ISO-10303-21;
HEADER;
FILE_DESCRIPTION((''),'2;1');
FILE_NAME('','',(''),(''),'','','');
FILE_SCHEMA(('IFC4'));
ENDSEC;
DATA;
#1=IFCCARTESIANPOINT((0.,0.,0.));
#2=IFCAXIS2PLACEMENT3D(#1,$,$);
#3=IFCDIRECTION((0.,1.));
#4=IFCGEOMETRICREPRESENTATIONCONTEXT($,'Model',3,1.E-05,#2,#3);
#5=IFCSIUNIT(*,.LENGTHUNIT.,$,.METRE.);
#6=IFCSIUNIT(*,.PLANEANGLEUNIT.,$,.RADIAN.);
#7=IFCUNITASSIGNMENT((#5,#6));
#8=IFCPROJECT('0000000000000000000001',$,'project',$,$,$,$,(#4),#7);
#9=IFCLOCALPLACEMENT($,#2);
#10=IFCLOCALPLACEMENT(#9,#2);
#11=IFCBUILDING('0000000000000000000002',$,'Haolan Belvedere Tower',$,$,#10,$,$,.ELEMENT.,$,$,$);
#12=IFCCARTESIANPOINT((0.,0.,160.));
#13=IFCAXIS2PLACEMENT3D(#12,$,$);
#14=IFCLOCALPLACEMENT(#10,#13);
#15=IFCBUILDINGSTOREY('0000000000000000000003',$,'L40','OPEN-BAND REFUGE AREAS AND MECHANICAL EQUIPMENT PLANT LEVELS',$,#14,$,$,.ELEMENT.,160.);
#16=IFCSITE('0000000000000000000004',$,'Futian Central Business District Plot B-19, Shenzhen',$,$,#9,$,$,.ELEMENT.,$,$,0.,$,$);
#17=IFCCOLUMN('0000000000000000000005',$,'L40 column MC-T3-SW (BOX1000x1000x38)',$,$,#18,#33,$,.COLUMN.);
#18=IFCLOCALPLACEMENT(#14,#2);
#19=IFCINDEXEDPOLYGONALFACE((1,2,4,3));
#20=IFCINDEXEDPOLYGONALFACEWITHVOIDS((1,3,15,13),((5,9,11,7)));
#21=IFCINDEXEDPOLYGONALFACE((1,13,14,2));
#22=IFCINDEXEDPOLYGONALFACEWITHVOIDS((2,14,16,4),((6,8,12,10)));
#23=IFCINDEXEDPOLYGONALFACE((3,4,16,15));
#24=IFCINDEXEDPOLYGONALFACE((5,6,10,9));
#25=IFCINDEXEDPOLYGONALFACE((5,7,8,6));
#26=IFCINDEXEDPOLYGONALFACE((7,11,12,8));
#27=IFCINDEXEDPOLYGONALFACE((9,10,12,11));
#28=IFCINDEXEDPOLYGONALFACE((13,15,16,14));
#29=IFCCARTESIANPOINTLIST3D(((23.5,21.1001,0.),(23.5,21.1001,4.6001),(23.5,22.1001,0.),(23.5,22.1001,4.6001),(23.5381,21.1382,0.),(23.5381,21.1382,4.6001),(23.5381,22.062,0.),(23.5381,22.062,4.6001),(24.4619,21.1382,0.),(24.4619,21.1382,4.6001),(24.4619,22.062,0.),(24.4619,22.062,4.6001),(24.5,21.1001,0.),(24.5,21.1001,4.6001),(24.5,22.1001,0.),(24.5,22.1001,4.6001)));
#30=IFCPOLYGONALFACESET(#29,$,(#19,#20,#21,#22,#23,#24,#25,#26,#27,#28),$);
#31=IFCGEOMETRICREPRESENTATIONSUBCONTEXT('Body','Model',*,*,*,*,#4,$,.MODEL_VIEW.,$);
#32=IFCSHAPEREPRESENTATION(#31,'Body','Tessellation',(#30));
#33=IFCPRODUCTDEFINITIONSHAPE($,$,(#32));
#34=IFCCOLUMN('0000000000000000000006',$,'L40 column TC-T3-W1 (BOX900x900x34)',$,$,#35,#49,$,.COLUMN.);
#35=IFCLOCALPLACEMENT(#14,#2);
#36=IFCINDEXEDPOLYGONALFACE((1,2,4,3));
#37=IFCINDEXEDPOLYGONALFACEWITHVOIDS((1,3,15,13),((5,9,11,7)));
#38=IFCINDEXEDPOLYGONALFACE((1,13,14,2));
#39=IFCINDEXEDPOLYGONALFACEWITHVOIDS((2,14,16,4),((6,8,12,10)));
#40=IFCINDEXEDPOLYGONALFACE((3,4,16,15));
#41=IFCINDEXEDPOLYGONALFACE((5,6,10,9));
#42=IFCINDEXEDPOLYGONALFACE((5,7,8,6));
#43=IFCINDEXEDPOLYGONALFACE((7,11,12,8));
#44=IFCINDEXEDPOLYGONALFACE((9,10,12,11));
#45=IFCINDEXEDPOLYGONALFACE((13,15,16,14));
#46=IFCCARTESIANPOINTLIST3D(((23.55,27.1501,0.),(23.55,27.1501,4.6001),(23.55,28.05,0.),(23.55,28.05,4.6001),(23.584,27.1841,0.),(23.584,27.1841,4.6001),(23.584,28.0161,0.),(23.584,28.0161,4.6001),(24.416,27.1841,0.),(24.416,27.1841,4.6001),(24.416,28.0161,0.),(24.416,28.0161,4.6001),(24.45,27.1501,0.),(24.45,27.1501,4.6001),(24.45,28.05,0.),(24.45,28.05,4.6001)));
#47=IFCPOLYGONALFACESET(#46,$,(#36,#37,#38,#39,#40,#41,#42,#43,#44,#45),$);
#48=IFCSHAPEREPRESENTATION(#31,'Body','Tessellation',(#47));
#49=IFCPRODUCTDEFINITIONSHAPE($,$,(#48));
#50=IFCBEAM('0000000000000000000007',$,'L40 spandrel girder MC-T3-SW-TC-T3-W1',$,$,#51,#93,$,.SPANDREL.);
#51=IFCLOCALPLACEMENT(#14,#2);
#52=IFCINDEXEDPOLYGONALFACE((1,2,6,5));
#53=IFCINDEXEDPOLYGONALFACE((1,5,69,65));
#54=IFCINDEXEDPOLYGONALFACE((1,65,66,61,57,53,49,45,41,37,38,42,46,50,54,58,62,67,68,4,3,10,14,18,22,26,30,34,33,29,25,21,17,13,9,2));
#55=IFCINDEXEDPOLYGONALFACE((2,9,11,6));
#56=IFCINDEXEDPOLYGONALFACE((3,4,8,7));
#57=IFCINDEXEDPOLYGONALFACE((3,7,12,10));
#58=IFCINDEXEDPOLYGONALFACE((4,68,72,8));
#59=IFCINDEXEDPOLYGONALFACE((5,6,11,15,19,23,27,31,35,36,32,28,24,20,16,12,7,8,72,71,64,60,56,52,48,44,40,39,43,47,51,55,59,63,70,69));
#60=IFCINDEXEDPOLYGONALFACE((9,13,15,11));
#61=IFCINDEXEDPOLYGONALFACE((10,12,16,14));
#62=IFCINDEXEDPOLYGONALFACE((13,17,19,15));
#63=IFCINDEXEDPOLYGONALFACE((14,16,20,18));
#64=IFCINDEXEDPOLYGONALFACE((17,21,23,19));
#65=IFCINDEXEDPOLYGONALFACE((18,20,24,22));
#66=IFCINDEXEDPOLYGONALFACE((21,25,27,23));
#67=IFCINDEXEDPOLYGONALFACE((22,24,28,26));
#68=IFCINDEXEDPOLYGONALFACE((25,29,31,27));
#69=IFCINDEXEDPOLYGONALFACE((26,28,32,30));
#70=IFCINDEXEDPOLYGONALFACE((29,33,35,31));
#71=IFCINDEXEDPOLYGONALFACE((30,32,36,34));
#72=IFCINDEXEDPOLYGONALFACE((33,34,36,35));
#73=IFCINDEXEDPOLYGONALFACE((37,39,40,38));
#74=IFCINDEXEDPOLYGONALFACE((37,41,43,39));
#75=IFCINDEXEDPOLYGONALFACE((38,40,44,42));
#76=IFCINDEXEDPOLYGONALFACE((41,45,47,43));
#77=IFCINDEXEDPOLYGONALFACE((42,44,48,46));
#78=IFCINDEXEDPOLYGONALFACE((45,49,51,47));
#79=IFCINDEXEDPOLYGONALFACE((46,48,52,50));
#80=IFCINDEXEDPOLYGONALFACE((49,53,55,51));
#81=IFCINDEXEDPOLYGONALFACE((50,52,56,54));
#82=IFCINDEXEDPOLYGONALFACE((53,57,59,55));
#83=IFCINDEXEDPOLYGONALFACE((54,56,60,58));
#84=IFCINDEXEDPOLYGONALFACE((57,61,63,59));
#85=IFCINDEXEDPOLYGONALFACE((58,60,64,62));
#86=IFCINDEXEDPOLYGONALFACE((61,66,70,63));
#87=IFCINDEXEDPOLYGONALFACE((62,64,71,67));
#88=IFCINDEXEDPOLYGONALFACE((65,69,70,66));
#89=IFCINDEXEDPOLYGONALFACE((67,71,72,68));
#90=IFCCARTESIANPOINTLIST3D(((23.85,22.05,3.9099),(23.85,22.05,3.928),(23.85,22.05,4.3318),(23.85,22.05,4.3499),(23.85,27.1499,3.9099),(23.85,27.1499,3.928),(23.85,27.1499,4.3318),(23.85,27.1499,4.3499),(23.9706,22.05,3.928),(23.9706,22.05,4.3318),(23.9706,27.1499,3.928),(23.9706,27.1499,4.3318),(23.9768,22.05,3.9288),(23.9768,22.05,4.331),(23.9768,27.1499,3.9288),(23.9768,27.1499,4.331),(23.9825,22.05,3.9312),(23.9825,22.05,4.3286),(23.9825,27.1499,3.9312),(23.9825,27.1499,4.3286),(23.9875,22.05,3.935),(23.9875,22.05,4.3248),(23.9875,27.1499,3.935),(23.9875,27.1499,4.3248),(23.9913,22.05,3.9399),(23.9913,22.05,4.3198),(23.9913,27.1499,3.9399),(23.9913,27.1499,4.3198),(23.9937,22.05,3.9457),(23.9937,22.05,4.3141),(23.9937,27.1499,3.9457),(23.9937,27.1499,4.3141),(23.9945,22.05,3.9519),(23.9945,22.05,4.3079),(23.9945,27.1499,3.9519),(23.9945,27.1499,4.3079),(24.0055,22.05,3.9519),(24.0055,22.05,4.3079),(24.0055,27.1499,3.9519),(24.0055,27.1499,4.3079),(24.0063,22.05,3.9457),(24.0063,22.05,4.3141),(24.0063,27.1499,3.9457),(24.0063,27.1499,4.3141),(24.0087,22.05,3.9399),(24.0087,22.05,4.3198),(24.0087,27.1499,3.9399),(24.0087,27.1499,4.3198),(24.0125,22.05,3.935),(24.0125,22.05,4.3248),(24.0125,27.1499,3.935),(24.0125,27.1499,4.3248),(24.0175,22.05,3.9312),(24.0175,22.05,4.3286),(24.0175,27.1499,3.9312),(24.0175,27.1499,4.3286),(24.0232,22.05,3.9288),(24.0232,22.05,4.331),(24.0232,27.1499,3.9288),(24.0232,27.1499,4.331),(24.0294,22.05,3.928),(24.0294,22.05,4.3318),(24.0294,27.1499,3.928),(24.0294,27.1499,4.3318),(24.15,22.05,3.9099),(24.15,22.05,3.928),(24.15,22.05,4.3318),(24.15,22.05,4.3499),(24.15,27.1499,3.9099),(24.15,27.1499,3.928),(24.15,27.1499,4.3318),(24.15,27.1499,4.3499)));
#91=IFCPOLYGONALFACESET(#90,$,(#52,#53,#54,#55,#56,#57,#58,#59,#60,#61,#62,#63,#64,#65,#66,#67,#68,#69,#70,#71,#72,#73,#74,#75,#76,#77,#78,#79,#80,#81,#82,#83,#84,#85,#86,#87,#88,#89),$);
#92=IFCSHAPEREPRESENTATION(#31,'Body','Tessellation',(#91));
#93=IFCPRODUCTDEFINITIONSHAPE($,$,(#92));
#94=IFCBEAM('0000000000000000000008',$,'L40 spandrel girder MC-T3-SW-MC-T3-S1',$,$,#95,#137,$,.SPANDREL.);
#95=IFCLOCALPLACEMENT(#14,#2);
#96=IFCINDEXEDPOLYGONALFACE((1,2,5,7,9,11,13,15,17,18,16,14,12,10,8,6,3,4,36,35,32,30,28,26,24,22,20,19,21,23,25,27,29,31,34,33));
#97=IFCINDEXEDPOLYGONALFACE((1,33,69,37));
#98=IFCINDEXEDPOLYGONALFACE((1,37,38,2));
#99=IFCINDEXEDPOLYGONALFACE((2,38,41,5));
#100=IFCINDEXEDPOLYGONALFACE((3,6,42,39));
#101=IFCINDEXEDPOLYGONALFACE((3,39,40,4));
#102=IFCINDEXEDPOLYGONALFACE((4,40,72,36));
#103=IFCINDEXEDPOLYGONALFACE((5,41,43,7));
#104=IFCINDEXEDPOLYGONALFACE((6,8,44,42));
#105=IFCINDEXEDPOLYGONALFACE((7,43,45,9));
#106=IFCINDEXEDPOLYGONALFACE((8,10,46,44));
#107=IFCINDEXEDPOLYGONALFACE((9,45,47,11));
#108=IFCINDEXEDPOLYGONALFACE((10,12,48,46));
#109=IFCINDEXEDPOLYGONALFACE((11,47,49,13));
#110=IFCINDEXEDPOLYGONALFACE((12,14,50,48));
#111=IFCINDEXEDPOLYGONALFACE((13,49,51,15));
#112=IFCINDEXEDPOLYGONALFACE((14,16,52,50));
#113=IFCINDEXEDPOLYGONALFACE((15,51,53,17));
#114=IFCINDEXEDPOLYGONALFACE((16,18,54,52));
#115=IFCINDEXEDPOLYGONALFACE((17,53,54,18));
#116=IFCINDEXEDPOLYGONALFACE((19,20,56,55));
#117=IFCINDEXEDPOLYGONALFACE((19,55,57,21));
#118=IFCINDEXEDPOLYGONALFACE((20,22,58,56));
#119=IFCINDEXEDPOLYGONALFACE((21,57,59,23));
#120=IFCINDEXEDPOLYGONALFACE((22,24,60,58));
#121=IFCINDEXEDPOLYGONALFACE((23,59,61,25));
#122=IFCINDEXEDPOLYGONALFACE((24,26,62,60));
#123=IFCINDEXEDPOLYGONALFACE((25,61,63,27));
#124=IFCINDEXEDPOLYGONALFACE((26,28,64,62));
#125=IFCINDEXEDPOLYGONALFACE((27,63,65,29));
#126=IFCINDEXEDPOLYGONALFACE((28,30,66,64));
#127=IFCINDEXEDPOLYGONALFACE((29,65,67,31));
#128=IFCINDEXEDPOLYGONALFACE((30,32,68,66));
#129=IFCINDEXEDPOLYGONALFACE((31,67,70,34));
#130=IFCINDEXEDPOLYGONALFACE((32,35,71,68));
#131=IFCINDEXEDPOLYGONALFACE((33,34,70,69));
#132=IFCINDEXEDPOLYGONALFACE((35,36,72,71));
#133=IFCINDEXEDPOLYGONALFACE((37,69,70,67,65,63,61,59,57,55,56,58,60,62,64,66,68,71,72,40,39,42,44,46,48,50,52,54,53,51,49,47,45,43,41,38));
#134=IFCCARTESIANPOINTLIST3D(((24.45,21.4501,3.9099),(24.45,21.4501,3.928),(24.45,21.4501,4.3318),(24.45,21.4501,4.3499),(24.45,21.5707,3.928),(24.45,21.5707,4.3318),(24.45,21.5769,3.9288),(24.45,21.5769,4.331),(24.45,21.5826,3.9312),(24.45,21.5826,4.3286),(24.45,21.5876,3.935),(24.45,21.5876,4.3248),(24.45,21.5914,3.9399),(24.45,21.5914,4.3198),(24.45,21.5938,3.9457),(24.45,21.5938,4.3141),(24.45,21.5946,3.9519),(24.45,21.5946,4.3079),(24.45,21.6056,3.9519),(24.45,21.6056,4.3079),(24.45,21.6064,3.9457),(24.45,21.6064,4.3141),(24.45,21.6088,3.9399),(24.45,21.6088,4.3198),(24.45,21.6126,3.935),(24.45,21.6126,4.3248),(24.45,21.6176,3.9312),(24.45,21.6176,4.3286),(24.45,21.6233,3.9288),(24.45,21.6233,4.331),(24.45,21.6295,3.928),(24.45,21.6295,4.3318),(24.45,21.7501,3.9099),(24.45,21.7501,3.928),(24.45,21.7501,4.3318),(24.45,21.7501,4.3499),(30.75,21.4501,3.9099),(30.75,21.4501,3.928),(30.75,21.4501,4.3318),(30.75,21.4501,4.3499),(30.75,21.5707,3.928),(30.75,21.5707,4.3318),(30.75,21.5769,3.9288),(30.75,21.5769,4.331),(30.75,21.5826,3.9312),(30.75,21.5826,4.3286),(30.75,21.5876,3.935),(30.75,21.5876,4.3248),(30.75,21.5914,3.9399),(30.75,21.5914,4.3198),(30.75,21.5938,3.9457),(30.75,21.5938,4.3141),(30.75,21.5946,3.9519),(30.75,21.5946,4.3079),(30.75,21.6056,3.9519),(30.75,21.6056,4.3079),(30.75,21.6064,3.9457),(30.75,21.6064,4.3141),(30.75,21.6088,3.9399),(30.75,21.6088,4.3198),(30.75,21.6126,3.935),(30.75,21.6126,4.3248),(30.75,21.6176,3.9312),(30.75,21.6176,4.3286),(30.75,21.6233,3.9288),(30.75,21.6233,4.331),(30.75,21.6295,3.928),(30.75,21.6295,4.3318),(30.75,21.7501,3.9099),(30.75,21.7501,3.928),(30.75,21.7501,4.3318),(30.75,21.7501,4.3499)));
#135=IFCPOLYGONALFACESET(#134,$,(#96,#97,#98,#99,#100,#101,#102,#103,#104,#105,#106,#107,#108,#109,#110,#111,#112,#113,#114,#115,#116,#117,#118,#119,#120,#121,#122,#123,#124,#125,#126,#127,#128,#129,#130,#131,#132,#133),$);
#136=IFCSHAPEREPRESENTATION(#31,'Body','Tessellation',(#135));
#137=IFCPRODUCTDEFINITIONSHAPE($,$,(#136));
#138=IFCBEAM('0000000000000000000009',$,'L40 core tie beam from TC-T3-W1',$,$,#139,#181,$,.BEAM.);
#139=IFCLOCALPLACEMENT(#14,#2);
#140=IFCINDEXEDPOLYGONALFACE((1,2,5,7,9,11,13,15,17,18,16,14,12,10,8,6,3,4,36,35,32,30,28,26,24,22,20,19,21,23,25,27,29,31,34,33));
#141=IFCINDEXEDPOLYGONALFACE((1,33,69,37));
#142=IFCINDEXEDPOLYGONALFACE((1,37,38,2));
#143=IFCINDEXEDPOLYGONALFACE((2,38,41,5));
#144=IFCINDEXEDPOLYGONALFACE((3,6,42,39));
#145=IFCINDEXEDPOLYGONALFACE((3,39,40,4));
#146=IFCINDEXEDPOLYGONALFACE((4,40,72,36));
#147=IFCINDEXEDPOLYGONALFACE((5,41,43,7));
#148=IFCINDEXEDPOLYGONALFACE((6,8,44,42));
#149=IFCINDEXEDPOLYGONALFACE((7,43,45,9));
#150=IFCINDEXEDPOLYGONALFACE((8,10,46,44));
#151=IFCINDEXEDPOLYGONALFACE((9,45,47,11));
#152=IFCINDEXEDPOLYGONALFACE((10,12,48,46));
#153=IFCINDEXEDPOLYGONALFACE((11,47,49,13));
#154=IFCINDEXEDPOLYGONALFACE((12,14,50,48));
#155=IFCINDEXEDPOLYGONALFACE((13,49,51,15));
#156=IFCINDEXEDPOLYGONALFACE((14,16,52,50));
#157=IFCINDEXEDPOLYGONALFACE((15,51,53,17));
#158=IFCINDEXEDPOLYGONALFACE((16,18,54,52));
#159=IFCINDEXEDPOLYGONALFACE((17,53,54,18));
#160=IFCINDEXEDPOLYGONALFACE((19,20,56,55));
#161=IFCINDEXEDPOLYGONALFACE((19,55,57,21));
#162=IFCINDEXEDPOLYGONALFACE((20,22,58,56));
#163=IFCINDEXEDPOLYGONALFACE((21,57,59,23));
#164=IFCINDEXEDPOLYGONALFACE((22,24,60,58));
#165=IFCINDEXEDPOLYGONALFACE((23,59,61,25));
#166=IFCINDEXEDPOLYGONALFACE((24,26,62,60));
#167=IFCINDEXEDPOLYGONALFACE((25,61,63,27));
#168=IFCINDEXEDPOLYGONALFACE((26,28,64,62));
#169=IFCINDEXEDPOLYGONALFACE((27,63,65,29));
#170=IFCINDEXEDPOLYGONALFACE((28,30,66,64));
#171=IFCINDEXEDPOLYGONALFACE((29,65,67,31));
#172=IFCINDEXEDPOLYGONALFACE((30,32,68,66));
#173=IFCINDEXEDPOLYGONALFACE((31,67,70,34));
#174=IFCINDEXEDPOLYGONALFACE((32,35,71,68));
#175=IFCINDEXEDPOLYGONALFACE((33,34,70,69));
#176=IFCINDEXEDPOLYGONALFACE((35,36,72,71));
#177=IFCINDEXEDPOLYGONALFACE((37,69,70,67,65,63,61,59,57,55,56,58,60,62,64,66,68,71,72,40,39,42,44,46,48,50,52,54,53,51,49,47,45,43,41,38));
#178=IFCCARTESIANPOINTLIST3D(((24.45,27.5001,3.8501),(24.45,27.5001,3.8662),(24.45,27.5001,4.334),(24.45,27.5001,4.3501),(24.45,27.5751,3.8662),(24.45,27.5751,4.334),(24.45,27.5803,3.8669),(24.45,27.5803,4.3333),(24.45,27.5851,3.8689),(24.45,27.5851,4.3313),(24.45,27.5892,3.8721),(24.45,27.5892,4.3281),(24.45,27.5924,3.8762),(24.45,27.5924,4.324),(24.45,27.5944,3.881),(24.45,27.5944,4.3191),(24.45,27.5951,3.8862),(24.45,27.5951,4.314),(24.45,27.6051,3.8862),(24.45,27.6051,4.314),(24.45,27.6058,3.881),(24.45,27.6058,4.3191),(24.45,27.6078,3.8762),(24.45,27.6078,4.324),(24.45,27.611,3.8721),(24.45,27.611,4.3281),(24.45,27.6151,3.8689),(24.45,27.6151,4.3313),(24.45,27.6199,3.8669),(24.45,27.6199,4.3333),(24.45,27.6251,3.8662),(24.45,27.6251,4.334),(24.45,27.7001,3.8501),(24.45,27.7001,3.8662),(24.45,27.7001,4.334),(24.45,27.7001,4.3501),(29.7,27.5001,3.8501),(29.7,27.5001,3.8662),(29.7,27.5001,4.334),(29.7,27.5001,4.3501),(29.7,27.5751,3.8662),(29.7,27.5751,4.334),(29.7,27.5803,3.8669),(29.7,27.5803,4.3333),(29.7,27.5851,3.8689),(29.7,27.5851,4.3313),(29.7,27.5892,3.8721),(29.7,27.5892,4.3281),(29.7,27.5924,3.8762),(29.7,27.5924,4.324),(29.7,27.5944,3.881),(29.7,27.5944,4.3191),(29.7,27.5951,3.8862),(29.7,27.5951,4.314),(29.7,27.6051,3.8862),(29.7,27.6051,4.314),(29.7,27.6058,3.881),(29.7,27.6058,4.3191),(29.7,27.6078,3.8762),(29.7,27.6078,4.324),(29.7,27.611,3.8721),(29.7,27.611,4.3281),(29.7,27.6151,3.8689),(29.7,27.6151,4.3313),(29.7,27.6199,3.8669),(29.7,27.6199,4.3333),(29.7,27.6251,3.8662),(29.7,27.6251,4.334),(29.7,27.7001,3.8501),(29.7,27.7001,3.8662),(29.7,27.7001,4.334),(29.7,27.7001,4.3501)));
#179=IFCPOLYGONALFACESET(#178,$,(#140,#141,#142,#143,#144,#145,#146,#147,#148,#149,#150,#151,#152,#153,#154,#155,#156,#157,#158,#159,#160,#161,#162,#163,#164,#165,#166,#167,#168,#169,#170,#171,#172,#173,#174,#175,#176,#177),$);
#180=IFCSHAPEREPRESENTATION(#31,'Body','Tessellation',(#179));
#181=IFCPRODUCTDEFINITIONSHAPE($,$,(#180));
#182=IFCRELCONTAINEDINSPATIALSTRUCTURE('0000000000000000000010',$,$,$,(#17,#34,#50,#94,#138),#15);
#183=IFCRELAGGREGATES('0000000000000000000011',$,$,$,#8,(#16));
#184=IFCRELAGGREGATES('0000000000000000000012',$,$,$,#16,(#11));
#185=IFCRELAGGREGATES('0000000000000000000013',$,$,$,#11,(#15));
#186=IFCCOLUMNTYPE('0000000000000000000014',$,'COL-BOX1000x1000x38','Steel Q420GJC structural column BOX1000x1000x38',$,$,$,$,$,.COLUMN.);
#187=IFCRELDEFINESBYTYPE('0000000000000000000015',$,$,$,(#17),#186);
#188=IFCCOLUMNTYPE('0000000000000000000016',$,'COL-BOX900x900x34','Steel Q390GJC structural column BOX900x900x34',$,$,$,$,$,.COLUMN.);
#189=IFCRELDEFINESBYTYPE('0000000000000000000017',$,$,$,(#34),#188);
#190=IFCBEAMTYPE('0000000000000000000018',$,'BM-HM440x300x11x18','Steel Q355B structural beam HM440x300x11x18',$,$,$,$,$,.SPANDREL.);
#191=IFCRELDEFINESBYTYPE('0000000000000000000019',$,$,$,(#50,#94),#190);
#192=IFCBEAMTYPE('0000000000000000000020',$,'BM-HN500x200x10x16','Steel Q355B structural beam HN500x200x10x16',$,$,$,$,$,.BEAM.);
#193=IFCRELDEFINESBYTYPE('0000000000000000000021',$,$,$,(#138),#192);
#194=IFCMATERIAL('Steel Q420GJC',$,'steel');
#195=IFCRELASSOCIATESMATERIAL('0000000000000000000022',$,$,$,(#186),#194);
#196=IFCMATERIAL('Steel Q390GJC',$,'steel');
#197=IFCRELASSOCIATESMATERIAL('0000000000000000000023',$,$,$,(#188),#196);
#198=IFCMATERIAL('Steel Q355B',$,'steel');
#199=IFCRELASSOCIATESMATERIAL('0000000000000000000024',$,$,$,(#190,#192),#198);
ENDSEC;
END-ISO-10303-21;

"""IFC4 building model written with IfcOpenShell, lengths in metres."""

from ifc_helpers import new_model, si_unit, direction, frame, origin, origin_2d, place, context, subcontext, project, spatial, hollow_rectangle, i_section, extrude, material, material_profile, profile_set, type_object, element, save


model = new_model("IFC4")

# Units and contexts
model_context = context("Model", 3, precision=1e-05, world=origin(), true_north=direction((0.0, 1.0)))
body_context = subcontext(model_context, "Body", "Model", "MODEL_VIEW")
ifc_project = project(units=[si_unit("LENGTHUNIT", "METRE"), si_unit("PLANEANGLEUNIT", "RADIAN")], contexts=[model_context])

# Site, building, storey
site_placement = place(None, origin())
site = spatial("IfcSite", under=ifc_project, at=site_placement, Name="Futian Central Business District Plot B-19, Shenzhen", CompositionType="ELEMENT", RefElevation=0.0)
building_placement = place(site_placement, origin())
building = spatial("IfcBuilding", under=site, at=building_placement, Name="Haolan Belvedere Tower", CompositionType="ELEMENT")
storey_placement = place(building_placement, frame((0.0, 0.0, 160.0)))
storey = spatial("IfcBuildingStorey", under=building, at=storey_placement, Name="L40", Description="OPEN-BAND REFUGE AREAS AND MECHANICAL EQUIPMENT PLANT LEVELS", CompositionType="ELEMENT", Elevation=160.0)

# Columns
ifc_material_1 = material(Name="Steel Q420GJC", Category="steel")
ifc_material_profile_1 = material_profile(ifc_material_1, hollow_rectangle(XDim=1.0, YDim=1.0, WallThickness=0.0381, at=origin_2d()), Name="Steel Q420GJC")
ifc_profile_set_1 = profile_set([ifc_material_profile_1], Name="Steel Q420GJC")
column_type_1 = type_object("IfcColumnType", Name="COL-BOX1000x1000x38", Description="Steel Q420GJC structural column BOX1000x1000x38", PredefinedType="COLUMN", material=ifc_profile_set_1)
column_1_placement = place(storey_placement, frame((24.0, 21.6001, 0.0), z_axis=(0.0, 0.0, 1.0), x_axis=(1.0, 0.0, 0.0)))
element("IfcColumn", 1, at=column_1_placement, inside=storey, type_object=column_type_1, Name="L40 column MC-T3-SW (BOX1000x1000x38)", PredefinedType="COLUMN", context=body_context, shape_type="SweptSolid", body=[
    extrude(hollow_rectangle(XDim=1.0, YDim=1.0, WallThickness=0.0381, at=origin_2d()), origin(), (0.0, 0.0, 1.0), 4.6001),
])
ifc_material_2 = material(Name="Steel Q390GJC", Category="steel")
ifc_material_profile_2 = material_profile(ifc_material_2, hollow_rectangle(XDim=0.8999, YDim=0.8999, WallThickness=0.0339, at=origin_2d()), Name="Steel Q390GJC")
ifc_profile_set_2 = profile_set([ifc_material_profile_2], Name="Steel Q390GJC")
column_type_2 = type_object("IfcColumnType", Name="COL-BOX900x900x34", Description="Steel Q390GJC structural column BOX900x900x34", PredefinedType="COLUMN", material=ifc_profile_set_2)
column_2_placement = place(storey_placement, frame((24.0, 27.6001, 0.0), z_axis=(0.0, 0.0, 1.0), x_axis=(1.0, 0.0, 0.0)))
element("IfcColumn", 2, at=column_2_placement, inside=storey, type_object=column_type_2, Name="L40 column TC-T3-W1 (BOX900x900x34)", PredefinedType="COLUMN", context=body_context, shape_type="SweptSolid", body=[
    extrude(hollow_rectangle(XDim=0.8999, YDim=0.8999, WallThickness=0.0339, at=origin_2d()), origin(), (0.0, 0.0, 1.0), 4.6001),
])

# Beams
ifc_material_3 = material(Name="Steel Q355B", Category="steel")
ifc_material_profile_3 = material_profile(ifc_material_3, i_section(OverallWidth=0.3, OverallDepth=0.4399, WebThickness=0.011, FlangeThickness=0.0181, FilletRadius=0.0239, at=origin_2d()), Name="Steel Q355B")
ifc_profile_set_3 = profile_set([ifc_material_profile_3], Name="Steel Q355B")
beam_type_1 = type_object("IfcBeamType", Name="BM-HM440x300x11x18", Description="Steel Q355B structural beam HM440x300x11x18", PredefinedType="SPANDREL", material=ifc_profile_set_3)
beam_1_placement = place(storey_placement, frame((24.0, 22.05, 4.1299), z_axis=(0.0, 1.0, 0.0), x_axis=(-1.0, 0.0, 0.0)))
element("IfcBeam", 3, at=beam_1_placement, inside=storey, type_object=beam_type_1, Name="L40 spandrel girder MC-T3-SW-TC-T3-W1", PredefinedType="SPANDREL", context=body_context, shape_type="SweptSolid", body=[
    extrude(i_section(OverallWidth=0.3, OverallDepth=0.4399, WebThickness=0.011, FlangeThickness=0.0181, FilletRadius=0.0239, at=origin_2d()), origin(), (0.0, 0.0, 1.0), 5.0999),
])
beam_2_placement = place(storey_placement, frame((24.45, 21.6001, 4.1299), z_axis=(1.0, 0.0, 0.0), x_axis=(0.0, 1.0, 0.0)))
element("IfcBeam", 4, at=beam_2_placement, inside=storey, type_object=beam_type_1, Name="L40 spandrel girder MC-T3-SW-MC-T3-S1", PredefinedType="SPANDREL", context=body_context, shape_type="SweptSolid", body=[
    extrude(i_section(OverallWidth=0.3, OverallDepth=0.4399, WebThickness=0.011, FlangeThickness=0.0181, FilletRadius=0.0239, at=origin_2d()), origin(), (0.0, 0.0, 1.0), 6.3),
])
ifc_material_profile_4 = material_profile(ifc_material_3, i_section(OverallWidth=0.2, OverallDepth=0.5, WebThickness=0.01, FlangeThickness=0.0161, FilletRadius=0.02, at=origin_2d()), Name="Steel Q355B")
ifc_profile_set_4 = profile_set([ifc_material_profile_4], Name="Steel Q355B")
beam_type_2 = type_object("IfcBeamType", Name="BM-HN500x200x10x16", Description="Steel Q355B structural beam HN500x200x10x16", PredefinedType="BEAM", material=ifc_profile_set_4)
beam_3_placement = place(storey_placement, frame((24.45, 27.6001, 4.1001), z_axis=(1.0, 0.0, 0.0), x_axis=(0.0, 1.0, 0.0)))
element("IfcBeam", 5, at=beam_3_placement, inside=storey, type_object=beam_type_2, Name="L40 core tie beam from TC-T3-W1", PredefinedType="BEAM", context=body_context, shape_type="SweptSolid", body=[
    extrude(i_section(OverallWidth=0.2, OverallDepth=0.5, WebThickness=0.01, FlangeThickness=0.0161, FilletRadius=0.02, at=origin_2d()), origin(), (0.0, 0.0, 1.0), 5.25),
])

save(model, "model.ifc")
